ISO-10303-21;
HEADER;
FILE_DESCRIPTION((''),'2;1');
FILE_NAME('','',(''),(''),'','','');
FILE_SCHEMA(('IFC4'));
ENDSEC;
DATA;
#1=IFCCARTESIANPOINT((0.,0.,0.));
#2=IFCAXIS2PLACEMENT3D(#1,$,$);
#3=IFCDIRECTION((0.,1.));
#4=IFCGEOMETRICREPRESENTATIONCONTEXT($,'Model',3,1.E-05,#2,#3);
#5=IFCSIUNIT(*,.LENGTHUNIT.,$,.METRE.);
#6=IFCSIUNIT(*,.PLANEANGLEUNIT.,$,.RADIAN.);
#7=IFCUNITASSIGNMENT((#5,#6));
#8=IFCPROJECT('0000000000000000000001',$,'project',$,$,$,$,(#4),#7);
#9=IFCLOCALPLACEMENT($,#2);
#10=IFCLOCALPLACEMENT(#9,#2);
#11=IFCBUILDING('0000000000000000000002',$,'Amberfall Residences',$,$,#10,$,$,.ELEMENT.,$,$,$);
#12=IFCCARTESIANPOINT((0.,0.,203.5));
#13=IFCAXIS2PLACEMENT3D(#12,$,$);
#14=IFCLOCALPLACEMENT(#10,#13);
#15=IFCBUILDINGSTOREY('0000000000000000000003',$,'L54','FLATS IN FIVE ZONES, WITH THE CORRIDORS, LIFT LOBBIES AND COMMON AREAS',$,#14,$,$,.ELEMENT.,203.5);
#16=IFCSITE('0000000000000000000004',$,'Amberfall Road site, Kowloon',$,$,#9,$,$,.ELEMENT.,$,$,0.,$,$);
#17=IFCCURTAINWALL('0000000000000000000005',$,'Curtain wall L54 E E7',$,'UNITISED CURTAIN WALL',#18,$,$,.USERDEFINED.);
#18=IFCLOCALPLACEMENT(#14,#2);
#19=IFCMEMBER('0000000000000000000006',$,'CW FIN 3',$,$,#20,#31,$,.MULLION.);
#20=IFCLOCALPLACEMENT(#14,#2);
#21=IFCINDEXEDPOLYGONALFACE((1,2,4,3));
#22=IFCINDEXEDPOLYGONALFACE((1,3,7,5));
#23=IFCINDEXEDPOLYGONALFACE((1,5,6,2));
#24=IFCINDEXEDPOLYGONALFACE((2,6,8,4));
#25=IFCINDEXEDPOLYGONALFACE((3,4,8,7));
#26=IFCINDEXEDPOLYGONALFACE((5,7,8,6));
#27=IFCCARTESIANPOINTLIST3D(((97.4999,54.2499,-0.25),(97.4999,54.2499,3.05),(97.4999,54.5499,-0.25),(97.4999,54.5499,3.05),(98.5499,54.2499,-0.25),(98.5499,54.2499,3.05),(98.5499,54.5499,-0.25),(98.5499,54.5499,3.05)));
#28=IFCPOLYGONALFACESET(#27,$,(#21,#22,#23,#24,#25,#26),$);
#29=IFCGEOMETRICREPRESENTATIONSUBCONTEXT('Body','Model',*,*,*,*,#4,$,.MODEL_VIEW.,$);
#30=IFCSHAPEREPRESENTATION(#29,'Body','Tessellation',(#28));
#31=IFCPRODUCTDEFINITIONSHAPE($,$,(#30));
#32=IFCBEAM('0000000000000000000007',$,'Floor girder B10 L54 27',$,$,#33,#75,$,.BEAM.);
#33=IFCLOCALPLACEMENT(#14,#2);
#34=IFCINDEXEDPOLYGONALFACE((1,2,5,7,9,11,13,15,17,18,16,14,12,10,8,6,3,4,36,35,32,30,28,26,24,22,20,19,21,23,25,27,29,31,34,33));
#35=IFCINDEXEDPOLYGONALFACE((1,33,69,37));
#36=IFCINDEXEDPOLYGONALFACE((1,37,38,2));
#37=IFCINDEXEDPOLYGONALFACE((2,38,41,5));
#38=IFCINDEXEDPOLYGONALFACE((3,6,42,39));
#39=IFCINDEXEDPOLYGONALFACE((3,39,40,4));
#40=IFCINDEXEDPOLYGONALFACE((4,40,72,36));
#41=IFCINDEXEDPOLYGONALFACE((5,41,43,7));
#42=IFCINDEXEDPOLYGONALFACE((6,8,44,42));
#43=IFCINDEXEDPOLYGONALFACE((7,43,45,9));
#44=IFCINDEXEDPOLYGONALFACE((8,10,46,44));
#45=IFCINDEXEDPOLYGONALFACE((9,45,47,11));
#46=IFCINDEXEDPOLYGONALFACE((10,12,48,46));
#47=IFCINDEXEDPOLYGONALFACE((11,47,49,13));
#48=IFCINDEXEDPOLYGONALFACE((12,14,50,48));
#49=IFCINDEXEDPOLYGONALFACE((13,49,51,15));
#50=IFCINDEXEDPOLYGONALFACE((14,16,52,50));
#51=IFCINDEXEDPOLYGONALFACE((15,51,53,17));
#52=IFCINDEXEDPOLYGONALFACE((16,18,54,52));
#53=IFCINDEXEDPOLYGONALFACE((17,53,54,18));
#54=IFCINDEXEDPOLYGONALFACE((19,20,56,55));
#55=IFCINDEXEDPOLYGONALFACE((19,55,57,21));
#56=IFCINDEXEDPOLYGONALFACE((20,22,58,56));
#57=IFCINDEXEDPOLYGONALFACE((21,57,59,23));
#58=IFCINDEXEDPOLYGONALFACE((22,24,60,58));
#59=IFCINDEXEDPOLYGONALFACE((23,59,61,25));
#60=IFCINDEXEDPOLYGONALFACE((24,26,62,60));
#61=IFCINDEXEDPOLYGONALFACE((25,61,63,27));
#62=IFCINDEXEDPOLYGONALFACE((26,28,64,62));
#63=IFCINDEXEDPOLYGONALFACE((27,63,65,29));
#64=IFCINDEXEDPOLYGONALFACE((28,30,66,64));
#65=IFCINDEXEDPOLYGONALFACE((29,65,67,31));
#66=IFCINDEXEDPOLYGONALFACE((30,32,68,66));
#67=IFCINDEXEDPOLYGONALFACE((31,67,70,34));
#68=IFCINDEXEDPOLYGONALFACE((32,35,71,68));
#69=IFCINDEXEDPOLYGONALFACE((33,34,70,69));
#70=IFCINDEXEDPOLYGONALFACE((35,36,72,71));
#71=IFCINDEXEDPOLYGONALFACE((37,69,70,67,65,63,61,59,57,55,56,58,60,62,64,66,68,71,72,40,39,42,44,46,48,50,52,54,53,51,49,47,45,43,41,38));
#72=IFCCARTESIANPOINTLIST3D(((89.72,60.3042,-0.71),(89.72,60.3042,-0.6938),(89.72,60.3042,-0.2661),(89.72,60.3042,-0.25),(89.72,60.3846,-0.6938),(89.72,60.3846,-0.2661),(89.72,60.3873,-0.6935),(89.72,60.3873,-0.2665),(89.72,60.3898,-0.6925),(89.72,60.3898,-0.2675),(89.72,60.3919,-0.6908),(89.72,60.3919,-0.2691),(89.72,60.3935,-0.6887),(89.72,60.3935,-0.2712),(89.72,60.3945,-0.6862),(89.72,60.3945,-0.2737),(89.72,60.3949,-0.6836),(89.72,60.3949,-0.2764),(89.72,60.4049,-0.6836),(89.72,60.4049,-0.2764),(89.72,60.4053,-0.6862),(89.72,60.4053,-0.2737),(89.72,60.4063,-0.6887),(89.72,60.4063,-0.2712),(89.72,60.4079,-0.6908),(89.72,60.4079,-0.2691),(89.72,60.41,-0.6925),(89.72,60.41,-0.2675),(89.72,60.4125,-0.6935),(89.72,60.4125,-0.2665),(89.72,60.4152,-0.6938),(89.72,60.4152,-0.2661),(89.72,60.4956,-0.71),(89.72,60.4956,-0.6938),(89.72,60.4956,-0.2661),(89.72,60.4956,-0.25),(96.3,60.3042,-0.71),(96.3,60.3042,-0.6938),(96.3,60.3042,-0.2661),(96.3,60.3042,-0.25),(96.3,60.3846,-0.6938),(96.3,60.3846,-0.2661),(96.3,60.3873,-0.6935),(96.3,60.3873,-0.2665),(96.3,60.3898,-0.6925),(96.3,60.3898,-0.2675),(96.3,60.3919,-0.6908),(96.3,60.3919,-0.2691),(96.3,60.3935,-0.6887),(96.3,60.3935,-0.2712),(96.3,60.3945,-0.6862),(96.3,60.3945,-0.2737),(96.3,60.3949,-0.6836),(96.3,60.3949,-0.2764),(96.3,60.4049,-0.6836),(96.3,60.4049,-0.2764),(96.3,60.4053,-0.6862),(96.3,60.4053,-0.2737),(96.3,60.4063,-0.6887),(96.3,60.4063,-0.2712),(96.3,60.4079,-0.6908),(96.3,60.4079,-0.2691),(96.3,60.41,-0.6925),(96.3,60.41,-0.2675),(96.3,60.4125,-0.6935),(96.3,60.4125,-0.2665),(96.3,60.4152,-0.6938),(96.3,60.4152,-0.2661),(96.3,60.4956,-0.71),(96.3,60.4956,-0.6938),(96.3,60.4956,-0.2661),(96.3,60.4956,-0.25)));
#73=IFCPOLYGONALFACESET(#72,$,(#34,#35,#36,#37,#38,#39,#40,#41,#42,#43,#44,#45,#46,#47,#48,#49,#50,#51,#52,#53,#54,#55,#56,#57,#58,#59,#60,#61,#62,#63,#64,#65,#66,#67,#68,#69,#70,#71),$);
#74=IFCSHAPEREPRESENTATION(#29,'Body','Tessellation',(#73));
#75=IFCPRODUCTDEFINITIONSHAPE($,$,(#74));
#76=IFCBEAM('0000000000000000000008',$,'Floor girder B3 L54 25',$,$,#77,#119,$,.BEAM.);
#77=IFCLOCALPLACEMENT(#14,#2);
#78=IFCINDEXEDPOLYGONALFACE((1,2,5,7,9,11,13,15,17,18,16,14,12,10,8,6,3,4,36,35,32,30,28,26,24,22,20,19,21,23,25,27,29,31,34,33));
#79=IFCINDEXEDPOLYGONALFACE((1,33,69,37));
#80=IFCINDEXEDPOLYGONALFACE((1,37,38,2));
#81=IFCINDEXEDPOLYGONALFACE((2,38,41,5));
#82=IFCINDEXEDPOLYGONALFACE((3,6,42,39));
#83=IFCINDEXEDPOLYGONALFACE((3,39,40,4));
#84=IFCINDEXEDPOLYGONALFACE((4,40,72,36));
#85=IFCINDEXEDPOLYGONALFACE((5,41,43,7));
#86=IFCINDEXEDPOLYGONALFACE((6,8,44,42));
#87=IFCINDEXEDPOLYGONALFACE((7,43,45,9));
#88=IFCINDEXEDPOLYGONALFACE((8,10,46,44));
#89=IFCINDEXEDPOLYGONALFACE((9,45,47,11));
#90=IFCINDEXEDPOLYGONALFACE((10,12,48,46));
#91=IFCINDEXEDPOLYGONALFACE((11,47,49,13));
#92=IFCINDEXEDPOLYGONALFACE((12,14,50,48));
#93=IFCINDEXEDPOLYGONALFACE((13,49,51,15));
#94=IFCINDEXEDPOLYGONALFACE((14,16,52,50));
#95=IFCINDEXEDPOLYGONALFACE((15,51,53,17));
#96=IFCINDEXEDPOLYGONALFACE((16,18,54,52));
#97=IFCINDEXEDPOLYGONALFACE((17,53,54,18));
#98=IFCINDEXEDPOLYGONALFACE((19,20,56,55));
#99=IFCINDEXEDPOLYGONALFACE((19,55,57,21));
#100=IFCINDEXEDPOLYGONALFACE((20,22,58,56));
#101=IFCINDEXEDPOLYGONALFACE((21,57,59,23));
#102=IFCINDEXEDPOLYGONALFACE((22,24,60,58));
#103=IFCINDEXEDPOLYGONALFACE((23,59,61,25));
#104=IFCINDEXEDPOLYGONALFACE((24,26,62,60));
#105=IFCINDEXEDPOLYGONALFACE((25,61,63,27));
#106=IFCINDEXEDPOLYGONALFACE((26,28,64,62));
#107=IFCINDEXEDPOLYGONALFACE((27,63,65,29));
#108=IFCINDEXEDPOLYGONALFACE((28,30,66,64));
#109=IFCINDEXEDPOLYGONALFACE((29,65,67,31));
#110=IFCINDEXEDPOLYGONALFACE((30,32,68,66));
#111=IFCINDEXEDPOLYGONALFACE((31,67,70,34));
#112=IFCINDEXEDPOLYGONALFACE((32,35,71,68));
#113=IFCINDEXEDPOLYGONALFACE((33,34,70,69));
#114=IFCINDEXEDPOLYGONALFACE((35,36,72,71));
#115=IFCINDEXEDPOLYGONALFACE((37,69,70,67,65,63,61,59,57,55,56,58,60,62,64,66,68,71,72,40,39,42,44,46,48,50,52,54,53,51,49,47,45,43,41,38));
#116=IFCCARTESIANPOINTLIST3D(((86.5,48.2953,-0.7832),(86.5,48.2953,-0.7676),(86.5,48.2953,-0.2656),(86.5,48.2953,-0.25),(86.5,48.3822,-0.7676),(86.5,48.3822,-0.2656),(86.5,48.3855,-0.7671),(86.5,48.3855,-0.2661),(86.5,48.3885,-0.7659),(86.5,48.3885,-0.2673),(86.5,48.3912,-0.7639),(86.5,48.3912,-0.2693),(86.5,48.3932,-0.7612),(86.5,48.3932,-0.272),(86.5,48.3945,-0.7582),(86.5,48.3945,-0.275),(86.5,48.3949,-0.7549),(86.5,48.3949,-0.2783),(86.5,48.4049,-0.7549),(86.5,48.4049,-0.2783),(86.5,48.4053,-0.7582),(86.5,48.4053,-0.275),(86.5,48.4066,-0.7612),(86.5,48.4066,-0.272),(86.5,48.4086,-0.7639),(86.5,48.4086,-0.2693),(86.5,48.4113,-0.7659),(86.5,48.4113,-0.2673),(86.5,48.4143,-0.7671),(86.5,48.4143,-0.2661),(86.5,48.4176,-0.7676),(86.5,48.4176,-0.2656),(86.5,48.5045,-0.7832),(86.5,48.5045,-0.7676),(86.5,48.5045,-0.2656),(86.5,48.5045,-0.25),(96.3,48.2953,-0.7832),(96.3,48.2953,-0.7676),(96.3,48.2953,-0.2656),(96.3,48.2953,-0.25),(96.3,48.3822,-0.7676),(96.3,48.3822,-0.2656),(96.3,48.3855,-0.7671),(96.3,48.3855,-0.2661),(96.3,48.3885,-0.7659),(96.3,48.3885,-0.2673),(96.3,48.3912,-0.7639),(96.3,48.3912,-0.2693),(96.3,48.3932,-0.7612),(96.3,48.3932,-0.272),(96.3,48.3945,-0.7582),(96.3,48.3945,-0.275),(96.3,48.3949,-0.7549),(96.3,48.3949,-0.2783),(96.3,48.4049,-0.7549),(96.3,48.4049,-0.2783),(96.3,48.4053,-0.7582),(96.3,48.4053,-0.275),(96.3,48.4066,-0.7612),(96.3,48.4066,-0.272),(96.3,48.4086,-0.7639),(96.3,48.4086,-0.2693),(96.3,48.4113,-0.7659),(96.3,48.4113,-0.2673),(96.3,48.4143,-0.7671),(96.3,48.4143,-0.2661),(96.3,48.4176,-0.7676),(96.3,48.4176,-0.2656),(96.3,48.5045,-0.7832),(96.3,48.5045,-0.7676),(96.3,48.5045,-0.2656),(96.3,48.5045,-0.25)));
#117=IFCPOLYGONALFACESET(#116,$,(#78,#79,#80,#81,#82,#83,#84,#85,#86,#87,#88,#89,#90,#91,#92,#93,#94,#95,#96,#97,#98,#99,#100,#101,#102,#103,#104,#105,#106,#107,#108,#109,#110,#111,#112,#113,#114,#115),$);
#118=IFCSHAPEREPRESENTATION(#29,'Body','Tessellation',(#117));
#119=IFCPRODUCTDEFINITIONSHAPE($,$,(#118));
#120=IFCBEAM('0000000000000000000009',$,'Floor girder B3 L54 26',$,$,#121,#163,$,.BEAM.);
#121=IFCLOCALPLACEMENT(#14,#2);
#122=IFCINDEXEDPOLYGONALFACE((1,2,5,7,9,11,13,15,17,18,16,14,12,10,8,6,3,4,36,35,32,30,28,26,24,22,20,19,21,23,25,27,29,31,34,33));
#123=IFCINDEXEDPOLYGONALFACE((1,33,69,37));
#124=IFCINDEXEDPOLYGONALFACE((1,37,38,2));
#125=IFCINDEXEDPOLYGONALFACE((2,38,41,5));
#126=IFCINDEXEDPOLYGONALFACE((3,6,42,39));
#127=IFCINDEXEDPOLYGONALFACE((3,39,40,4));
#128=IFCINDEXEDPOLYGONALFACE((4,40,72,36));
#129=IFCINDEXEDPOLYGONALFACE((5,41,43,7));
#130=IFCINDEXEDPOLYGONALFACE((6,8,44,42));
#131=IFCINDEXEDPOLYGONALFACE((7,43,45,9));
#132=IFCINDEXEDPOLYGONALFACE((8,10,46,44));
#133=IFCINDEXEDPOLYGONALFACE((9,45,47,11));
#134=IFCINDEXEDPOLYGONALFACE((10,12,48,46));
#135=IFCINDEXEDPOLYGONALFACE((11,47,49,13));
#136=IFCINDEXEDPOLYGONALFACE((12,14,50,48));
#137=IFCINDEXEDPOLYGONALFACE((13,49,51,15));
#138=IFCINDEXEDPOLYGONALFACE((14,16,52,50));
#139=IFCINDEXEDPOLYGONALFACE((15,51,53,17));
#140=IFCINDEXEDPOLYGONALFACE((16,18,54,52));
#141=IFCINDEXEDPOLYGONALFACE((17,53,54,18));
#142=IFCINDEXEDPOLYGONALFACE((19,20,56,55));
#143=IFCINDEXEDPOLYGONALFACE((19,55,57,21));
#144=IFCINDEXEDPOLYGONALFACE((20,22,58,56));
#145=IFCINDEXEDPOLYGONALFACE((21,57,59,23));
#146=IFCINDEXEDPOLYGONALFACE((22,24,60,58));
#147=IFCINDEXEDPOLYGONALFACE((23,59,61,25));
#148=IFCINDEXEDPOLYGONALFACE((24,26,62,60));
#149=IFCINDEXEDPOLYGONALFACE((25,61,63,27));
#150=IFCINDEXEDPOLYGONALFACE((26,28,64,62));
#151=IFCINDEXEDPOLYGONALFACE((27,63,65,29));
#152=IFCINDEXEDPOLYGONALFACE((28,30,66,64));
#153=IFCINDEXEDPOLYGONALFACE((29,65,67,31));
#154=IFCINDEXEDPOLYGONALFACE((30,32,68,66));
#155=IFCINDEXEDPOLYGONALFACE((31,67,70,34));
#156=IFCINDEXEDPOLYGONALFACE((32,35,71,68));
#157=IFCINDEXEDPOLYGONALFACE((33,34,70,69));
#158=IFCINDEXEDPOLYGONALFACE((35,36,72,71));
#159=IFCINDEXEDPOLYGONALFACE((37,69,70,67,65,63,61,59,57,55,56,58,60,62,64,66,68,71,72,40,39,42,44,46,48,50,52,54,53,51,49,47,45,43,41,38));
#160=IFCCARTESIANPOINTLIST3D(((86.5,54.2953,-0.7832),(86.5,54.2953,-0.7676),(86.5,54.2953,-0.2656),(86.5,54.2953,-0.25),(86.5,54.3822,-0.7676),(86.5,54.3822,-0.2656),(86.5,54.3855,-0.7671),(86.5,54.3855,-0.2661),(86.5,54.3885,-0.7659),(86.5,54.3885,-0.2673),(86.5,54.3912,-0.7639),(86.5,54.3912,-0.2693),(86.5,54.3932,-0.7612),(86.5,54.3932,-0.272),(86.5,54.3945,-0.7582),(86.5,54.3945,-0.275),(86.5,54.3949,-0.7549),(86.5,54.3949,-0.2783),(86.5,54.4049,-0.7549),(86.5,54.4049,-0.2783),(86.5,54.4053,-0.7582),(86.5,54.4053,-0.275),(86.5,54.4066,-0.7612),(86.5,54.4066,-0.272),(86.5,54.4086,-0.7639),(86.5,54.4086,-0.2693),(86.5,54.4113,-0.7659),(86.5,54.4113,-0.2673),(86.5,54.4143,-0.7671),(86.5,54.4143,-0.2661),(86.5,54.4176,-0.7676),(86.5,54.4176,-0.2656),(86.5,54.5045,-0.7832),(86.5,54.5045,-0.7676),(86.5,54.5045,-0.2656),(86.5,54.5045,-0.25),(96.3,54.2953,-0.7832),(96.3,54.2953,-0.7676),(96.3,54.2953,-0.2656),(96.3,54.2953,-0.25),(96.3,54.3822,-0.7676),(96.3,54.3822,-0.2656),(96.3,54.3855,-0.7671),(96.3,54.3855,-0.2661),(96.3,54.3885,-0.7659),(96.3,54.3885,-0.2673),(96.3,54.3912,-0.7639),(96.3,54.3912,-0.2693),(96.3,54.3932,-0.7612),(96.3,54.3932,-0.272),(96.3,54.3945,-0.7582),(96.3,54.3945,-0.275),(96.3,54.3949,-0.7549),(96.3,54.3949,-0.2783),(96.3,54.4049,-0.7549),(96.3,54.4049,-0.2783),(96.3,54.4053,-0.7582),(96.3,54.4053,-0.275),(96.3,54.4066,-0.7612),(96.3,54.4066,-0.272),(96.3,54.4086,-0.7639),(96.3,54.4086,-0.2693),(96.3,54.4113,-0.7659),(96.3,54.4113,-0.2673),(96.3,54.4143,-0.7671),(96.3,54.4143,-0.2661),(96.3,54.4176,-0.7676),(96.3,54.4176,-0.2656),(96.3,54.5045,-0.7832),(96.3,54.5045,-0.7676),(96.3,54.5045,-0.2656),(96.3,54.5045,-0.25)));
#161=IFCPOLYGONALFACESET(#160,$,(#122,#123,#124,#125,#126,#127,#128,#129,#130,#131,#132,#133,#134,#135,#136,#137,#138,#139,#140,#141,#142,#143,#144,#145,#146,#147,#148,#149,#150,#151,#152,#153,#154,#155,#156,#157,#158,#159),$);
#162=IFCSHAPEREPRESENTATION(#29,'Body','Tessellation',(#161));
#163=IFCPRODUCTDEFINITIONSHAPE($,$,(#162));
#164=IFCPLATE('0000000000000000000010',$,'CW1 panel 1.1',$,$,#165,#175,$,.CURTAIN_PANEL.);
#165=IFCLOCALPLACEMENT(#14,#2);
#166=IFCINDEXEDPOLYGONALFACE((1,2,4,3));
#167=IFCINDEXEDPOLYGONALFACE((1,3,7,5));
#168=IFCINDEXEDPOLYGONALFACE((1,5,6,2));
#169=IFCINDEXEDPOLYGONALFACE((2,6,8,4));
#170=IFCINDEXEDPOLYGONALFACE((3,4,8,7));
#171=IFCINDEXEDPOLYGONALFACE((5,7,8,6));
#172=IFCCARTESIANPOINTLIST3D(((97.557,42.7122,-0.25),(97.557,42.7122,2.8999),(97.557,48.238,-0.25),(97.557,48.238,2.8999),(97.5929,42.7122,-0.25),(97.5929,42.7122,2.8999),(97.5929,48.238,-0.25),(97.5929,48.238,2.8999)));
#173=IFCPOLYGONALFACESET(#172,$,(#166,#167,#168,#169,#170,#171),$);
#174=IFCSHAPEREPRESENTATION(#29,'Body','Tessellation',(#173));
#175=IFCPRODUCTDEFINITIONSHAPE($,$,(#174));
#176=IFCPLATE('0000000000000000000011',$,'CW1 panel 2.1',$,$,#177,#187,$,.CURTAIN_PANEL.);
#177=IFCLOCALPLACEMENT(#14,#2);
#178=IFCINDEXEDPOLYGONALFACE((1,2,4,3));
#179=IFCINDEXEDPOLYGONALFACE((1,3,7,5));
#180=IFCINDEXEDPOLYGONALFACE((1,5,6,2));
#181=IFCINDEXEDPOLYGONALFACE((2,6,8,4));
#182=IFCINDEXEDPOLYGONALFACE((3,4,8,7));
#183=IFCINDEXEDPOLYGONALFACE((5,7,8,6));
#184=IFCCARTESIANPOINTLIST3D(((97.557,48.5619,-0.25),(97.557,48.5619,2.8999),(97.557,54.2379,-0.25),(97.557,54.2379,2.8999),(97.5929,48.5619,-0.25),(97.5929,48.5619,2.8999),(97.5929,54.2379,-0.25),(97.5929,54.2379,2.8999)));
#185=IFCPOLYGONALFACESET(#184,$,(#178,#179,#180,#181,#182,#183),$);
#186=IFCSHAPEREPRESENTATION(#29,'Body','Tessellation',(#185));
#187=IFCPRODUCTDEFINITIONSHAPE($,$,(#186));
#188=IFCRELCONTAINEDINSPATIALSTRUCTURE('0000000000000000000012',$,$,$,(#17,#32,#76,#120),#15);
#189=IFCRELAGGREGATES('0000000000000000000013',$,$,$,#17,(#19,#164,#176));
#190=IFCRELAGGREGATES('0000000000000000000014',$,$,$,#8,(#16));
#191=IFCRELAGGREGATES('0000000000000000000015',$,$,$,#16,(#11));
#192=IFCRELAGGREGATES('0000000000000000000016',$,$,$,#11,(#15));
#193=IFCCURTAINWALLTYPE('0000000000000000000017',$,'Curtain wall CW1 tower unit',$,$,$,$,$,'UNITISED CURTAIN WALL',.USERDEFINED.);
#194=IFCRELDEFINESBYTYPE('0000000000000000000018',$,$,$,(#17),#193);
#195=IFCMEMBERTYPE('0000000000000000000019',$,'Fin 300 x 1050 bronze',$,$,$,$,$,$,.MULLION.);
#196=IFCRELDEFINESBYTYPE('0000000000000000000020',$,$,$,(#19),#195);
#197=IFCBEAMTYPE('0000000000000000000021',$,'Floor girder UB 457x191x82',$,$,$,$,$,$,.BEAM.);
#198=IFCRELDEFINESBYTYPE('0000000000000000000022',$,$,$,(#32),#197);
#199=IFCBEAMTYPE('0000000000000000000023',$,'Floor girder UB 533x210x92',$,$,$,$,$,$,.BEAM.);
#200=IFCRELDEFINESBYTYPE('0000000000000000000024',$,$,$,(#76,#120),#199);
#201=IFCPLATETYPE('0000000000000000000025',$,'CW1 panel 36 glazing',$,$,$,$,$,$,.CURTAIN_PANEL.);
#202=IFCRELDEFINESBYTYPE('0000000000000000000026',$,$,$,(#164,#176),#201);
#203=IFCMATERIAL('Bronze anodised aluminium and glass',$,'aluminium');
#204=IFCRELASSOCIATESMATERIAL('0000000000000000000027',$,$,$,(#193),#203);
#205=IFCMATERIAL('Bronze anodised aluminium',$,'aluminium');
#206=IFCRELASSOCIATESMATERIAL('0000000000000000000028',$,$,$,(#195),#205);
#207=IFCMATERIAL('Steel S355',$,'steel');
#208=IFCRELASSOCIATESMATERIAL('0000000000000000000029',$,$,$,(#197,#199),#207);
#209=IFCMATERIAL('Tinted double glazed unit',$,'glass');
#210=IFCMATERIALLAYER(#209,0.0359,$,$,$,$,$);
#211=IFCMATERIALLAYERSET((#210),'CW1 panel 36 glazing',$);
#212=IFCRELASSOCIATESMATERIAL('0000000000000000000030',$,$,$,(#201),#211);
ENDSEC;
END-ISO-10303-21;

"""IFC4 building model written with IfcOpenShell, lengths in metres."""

from ifc_helpers import new_model, si_unit, direction, frame, origin, origin_2d, place, context, subcontext, project, spatial, rectangle, i_section, extrude, material, layer, layer_set, material_profile, profile_set, type_object, element, aggregate, save


model = new_model("IFC4")

# Units and contexts
model_context = context("Model", 3, precision=1e-05, world=origin(), true_north=direction((0.0, 1.0)))
body_context = subcontext(model_context, "Body", "Model", "MODEL_VIEW")
ifc_project = project(units=[si_unit("LENGTHUNIT", "METRE"), si_unit("PLANEANGLEUNIT", "RADIAN")], contexts=[model_context])

# Site, building, storey
site_placement = place(None, origin())
site = spatial("IfcSite", under=ifc_project, at=site_placement, Name="Amberfall Road site, Kowloon", CompositionType="ELEMENT", RefElevation=0.0)
building_placement = place(site_placement, origin())
building = spatial("IfcBuilding", under=site, at=building_placement, Name="Amberfall Residences", CompositionType="ELEMENT")
storey_placement = place(building_placement, frame((0.0, 0.0, 203.5)))
storey = spatial("IfcBuildingStorey", under=building, at=storey_placement, Name="L54", Description="FLATS IN FIVE ZONES, WITH THE CORRIDORS, LIFT LOBBIES AND COMMON AREAS", CompositionType="ELEMENT", Elevation=203.5)

# Curtain wall
ifc_material_1 = material(Name="Bronze anodised aluminium and glass", Category="aluminium")
curtain_wall_type = type_object("IfcCurtainWallType", Name="Curtain wall CW1 tower unit", ElementType="UNITISED CURTAIN WALL", PredefinedType="USERDEFINED", material=ifc_material_1)
curtain_wall_placement = place(storey_placement, origin())
curtain_wall = element("IfcCurtainWall", 1, at=curtain_wall_placement, inside=storey, type_object=curtain_wall_type, Name="Curtain wall L54 E E7", ObjectType="UNITISED CURTAIN WALL", PredefinedType="USERDEFINED")
ifc_material_2 = material(Name="Bronze anodised aluminium", Category="aluminium")

# Shared definitions
ifc_material_3 = material(Name="Steel S355", Category="steel")

# Member
ifc_material_profile_1 = material_profile(ifc_material_2, rectangle(XDim=1.05, YDim=0.3, at=origin_2d()), Name="Fin 300 x 1050 bronze")
ifc_profile_set_1 = profile_set([ifc_material_profile_1], Name="Bronze anodised aluminium")
member_type_1 = type_object("IfcMemberType", Name="Fin 300 x 1050 bronze", PredefinedType="MULLION", material=ifc_profile_set_1)
member_1_placement = place(storey_placement, frame((98.0249, 54.3999, -0.25), z_axis=(0.0, 0.0, 1.0), x_axis=(-1.0, 0.0, 0.0)))
member_1 = element("IfcMember", 2, at=member_1_placement, type_object=member_type_1, Name="CW FIN 3", PredefinedType="MULLION", context=body_context, shape_type="SweptSolid", body=[
    extrude(rectangle(XDim=1.05, YDim=0.3, at=origin_2d()), origin(), (0.0, 0.0, 1.0), 3.3),
])

# Beams
ifc_material_profile_2 = material_profile(ifc_material_3, i_section(OverallWidth=0.1914, OverallDepth=0.46, WebThickness=0.01, FlangeThickness=0.0161, FilletRadius=0.0103, at=origin_2d()), Name="UB 457x191x82")
ifc_profile_set_2 = profile_set([ifc_material_profile_2], Name="Steel S355")
beam_type_1 = type_object("IfcBeamType", Name="Floor girder UB 457x191x82", PredefinedType="BEAM", material=ifc_profile_set_2)
beam_placement = place(storey_placement, frame((96.3, 60.3999, -0.48), z_axis=(-1.0, 0.0, 0.0), x_axis=(0.0, -1.0, 0.0)))
element("IfcBeam", 3, at=beam_placement, inside=storey, type_object=beam_type_1, Name="Floor girder B10 L54 27", PredefinedType="BEAM", context=body_context, shape_type="SweptSolid", body=[
    extrude(i_section(OverallWidth=0.1914, OverallDepth=0.46, WebThickness=0.01, FlangeThickness=0.0161, FilletRadius=0.0103, at=origin_2d()), origin(), (0.0, 0.0, 1.0), 6.5801),
])
ifc_material_profile_3 = material_profile(ifc_material_3, i_section(OverallWidth=0.2092, OverallDepth=0.5332, WebThickness=0.01, FlangeThickness=0.0156, FilletRadius=0.0127, at=origin_2d()), Name="UB 533x210x92")
ifc_profile_set_3 = profile_set([ifc_material_profile_3], Name="Steel S355")
beam_type_2 = type_object("IfcBeamType", Name="Floor girder UB 533x210x92", PredefinedType="BEAM", material=ifc_profile_set_3)
for number, where, z_axis, x_axis, name in (
    (4, (96.3, 48.3999, -0.5166), (-1.0, 0.0, 0.0), (0.0, -1.0, 0.0), "Floor girder B3 L54 25"),
    (5, (96.3, 54.3999, -0.5166), (-1.0, 0.0, 0.0), (0.0, -1.0, 0.0), "Floor girder B3 L54 26"),
):
    element("IfcBeam", number, at=place(storey_placement, frame(where, z_axis=z_axis, x_axis=x_axis)), inside=storey, type_object=beam_type_2, Name=name, PredefinedType="BEAM", context=body_context, shape_type="SweptSolid", body=[
        extrude(i_section(OverallWidth=0.2092, OverallDepth=0.5332, WebThickness=0.01, FlangeThickness=0.0156, FilletRadius=0.0127, at=origin_2d()), origin(), (0.0, 0.0, 1.0), 9.8),
    ])

# Plates
ifc_material_4 = material(Name="Tinted double glazed unit", Category="glass")
ifc_layer_1 = layer(ifc_material_4, 0.0359)
ifc_layer_set_1 = layer_set([ifc_layer_1], Name="CW1 panel 36 glazing")
plate_type = type_object("IfcPlateType", Name="CW1 panel 36 glazing", PredefinedType="CURTAIN_PANEL", material=ifc_layer_set_1)
plate_1_placement = place(storey_placement, frame((97.575, 45.4751, -0.25), z_axis=(0.0, 0.0, 1.0), x_axis=(0.0, 1.0, 0.0)))
plate_1 = element("IfcPlate", 6, at=plate_1_placement, type_object=plate_type, Name="CW1 panel 1.1", PredefinedType="CURTAIN_PANEL", context=body_context, shape_type="SweptSolid", body=[
    extrude(rectangle(XDim=5.5259, YDim=0.0359, at=origin_2d()), origin(), (0.0, 0.0, 1.0), 3.1499),
])
plate_2_placement = place(storey_placement, frame((97.575, 51.3999, -0.25), z_axis=(0.0, 0.0, 1.0), x_axis=(0.0, 1.0, 0.0)))
plate_2 = element("IfcPlate", 7, at=plate_2_placement, type_object=plate_type, Name="CW1 panel 2.1", PredefinedType="CURTAIN_PANEL", context=body_context, shape_type="SweptSolid", body=[
    extrude(rectangle(XDim=5.676, YDim=0.0359, at=origin_2d()), origin(), (0.0, 0.0, 1.0), 3.1499),
])
aggregate(curtain_wall, [member_1, plate_1, plate_2])

save(model, "model.ifc")
